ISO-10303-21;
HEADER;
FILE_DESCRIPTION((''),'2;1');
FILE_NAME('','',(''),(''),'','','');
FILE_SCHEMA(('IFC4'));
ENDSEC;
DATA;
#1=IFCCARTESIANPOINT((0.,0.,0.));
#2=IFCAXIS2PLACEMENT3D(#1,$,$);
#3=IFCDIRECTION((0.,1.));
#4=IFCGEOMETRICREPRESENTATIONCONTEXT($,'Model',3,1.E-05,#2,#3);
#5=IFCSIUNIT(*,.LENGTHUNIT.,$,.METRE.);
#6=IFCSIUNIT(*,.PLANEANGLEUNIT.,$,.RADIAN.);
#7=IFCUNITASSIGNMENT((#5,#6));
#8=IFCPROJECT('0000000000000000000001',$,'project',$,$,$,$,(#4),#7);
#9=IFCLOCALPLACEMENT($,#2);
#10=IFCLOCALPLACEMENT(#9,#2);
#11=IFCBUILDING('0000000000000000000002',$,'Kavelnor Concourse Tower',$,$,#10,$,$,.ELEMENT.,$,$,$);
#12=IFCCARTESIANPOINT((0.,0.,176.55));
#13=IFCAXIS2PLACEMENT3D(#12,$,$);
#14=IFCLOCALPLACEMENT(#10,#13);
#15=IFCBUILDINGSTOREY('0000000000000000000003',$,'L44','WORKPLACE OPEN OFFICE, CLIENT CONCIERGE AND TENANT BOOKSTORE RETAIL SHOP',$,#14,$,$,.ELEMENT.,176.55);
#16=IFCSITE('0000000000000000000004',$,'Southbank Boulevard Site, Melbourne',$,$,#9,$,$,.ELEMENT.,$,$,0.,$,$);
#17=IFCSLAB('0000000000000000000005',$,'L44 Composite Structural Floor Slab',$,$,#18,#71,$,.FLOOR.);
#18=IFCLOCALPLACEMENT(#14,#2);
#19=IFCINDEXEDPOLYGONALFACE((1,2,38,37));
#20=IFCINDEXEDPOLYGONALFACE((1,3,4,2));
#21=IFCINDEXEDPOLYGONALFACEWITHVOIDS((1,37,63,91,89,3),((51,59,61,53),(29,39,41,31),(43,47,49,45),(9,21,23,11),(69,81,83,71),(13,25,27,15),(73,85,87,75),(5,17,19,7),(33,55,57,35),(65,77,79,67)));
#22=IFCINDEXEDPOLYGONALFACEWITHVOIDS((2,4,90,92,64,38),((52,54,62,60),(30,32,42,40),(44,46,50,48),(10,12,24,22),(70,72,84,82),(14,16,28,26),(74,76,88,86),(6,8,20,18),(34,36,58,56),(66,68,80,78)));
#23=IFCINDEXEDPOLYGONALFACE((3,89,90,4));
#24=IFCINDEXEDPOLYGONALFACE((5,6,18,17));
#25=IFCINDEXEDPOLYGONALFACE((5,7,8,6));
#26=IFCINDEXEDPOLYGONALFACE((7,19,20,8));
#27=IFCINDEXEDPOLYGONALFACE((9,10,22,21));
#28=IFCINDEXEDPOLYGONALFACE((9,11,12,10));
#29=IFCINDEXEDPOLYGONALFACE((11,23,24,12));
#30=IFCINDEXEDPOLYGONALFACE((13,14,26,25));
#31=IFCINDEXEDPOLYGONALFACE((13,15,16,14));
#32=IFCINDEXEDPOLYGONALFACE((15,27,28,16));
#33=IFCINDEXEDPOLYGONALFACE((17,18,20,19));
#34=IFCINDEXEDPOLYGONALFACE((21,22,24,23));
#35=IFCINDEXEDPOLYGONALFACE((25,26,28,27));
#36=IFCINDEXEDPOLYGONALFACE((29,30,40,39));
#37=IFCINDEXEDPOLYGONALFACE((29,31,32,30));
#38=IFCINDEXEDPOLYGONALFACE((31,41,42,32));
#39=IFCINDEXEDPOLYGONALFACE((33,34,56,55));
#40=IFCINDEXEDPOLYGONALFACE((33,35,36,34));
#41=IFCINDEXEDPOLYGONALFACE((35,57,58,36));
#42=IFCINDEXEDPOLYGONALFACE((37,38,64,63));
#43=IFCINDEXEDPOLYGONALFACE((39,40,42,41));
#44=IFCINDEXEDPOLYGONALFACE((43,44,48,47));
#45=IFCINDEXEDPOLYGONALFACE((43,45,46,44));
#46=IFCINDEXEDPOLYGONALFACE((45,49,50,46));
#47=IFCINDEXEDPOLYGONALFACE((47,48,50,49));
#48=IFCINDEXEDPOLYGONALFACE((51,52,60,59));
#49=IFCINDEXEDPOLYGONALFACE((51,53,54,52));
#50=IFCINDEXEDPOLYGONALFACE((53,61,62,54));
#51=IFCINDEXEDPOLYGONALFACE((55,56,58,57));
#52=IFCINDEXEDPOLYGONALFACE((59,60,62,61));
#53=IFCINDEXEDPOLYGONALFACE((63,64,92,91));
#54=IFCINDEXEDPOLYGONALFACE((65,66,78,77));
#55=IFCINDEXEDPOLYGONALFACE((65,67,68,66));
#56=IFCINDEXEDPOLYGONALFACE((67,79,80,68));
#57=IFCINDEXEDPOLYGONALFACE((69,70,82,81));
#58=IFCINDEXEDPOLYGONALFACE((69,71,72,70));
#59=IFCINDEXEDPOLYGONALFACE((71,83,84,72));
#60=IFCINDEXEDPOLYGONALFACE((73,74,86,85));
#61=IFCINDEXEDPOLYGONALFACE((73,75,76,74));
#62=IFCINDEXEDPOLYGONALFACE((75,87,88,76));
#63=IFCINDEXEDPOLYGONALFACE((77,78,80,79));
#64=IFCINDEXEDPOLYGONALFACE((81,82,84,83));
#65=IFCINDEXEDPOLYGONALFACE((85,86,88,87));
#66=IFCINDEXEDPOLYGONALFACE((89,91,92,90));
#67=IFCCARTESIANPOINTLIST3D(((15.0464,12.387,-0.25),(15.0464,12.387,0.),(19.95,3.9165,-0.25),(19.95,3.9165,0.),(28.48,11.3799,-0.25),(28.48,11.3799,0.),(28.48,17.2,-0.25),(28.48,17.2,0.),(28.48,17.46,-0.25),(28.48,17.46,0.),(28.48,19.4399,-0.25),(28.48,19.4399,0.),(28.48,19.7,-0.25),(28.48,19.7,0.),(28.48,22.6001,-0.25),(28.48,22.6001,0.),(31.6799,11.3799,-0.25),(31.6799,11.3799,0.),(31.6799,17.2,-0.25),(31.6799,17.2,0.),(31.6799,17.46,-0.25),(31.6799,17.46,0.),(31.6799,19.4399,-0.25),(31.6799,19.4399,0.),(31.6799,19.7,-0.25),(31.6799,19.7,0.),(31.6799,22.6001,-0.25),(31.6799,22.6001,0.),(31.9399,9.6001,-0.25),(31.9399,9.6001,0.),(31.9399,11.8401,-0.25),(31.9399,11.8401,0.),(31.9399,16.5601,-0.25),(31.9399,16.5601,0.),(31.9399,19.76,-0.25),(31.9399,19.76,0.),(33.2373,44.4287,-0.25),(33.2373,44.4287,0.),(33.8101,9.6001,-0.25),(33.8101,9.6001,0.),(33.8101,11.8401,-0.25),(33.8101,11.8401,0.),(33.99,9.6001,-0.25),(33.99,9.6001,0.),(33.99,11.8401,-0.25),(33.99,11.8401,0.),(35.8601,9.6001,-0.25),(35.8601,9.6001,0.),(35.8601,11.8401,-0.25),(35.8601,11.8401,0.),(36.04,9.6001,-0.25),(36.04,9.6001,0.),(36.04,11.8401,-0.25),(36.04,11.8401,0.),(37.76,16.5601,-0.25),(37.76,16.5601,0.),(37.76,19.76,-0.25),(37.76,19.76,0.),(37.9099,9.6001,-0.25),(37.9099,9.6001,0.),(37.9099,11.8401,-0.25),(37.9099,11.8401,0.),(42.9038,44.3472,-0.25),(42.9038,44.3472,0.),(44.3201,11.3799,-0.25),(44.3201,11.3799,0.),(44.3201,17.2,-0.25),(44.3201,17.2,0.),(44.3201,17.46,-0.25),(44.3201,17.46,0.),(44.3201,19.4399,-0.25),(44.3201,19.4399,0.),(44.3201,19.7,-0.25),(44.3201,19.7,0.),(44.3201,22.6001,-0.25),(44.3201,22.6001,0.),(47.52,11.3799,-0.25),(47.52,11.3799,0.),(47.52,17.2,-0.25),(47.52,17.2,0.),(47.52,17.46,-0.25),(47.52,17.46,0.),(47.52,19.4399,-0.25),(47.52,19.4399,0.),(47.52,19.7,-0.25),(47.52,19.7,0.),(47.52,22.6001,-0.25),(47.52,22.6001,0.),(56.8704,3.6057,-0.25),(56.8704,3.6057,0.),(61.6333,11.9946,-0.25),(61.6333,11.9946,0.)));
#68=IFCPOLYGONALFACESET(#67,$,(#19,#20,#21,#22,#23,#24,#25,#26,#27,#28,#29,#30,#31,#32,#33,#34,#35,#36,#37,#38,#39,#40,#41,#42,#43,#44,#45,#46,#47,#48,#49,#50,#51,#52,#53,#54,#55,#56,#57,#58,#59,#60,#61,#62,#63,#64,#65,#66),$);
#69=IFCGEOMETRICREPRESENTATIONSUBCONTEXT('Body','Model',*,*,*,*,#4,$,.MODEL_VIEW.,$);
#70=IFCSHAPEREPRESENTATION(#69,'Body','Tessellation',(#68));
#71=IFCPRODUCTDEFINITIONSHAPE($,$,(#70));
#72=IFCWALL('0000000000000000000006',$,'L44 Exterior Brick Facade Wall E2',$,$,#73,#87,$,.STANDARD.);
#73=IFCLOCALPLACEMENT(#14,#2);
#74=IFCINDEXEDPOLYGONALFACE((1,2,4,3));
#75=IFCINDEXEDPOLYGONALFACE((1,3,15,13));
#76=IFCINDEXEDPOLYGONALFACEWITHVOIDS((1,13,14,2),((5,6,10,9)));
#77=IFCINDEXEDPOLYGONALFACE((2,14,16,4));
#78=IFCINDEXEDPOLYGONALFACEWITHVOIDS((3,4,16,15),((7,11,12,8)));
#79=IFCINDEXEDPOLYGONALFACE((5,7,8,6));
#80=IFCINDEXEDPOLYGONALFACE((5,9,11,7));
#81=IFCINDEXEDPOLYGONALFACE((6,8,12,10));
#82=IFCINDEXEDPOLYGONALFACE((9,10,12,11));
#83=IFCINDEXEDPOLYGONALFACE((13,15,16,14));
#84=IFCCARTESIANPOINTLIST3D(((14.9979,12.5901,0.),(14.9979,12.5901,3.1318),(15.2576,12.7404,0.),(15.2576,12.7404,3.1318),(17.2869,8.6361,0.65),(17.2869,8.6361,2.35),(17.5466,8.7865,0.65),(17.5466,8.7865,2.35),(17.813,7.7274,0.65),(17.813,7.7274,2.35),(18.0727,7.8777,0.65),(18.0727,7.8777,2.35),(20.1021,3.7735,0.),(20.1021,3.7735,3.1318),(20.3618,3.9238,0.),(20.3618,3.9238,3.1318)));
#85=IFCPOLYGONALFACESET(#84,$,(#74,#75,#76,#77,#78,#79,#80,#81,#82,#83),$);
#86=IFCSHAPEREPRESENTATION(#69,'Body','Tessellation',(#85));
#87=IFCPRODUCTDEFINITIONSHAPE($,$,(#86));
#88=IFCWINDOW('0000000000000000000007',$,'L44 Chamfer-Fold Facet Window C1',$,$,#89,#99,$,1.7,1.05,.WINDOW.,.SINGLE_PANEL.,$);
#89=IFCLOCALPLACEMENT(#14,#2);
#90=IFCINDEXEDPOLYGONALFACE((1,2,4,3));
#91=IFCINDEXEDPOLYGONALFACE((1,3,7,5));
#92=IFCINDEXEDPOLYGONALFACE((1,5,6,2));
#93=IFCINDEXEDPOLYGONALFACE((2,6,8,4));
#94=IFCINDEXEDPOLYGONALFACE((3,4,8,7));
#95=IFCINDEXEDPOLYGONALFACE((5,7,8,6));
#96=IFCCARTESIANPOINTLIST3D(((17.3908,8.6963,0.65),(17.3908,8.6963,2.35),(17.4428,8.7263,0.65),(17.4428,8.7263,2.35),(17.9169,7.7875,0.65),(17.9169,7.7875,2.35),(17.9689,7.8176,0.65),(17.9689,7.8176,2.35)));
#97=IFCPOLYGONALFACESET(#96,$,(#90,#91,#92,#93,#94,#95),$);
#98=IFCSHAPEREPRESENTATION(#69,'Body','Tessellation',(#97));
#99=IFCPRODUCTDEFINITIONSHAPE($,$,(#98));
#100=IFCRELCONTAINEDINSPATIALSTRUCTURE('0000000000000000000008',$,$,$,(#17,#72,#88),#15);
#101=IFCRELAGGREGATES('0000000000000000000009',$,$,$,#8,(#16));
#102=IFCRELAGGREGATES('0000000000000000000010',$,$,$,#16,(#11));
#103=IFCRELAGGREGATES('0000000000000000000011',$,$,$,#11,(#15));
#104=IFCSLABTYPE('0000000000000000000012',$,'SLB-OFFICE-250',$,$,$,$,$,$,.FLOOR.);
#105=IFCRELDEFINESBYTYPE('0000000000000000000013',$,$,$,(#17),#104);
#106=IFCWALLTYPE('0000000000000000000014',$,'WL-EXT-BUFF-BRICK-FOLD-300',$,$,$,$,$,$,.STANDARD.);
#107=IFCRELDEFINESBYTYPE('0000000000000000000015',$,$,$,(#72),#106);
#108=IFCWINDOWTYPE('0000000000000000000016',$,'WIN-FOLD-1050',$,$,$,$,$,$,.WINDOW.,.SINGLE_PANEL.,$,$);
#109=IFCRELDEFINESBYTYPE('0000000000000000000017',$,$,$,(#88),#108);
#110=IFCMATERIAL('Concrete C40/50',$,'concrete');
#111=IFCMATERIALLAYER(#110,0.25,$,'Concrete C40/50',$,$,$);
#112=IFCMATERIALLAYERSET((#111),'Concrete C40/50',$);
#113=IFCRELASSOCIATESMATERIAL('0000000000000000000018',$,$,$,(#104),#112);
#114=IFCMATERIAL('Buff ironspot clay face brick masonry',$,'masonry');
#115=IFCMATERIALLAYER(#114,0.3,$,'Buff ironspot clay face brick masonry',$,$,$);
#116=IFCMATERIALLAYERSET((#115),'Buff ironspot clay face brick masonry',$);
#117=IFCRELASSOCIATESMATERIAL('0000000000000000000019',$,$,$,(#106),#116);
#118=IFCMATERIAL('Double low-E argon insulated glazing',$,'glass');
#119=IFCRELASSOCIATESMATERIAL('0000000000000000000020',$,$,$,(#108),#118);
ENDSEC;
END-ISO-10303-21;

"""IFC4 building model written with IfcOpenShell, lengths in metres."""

from ifc_helpers import new_model, si_unit, direction, frame, frame_2d, origin, place, context, subcontext, project, spatial, polyline, rectangle, outline, extrude, material, layer, layer_set, type_object, element, fill, save


model = new_model("IFC4")

# Units and contexts
model_context = context("Model", 3, precision=1e-05, world=origin(), true_north=direction((0.0, 1.0)))
body_context = subcontext(model_context, "Body", "Model", "MODEL_VIEW")
ifc_project = project(units=[si_unit("LENGTHUNIT", "METRE"), si_unit("PLANEANGLEUNIT", "RADIAN")], contexts=[model_context])

# Site, building, storey
site_placement = place(None, origin())
site = spatial("IfcSite", under=ifc_project, at=site_placement, Name="Southbank Boulevard Site, Melbourne", CompositionType="ELEMENT", RefElevation=0.0)
building_placement = place(site_placement, origin())
building = spatial("IfcBuilding", under=site, at=building_placement, Name="Kavelnor Concourse Tower", CompositionType="ELEMENT")
storey_placement = place(building_placement, frame((0.0, 0.0, 176.55)))
storey = spatial("IfcBuildingStorey", under=building, at=storey_placement, Name="L44", Description="WORKPLACE OPEN OFFICE, CLIENT CONCIERGE AND TENANT BOOKSTORE RETAIL SHOP", CompositionType="ELEMENT", Elevation=176.55)

# Shared definitions
ifc_material_1 = material(Name="Concrete C40/50", Category="concrete")

# Slab
ifc_layer_1 = layer(ifc_material_1, 0.25, Name="Concrete C40/50")
ifc_layer_set_1 = layer_set([ifc_layer_1], Name="Concrete C40/50")
slab_type_1 = type_object("IfcSlabType", Name="SLB-OFFICE-250", PredefinedType="FLOOR", material=ifc_layer_set_1)
slab_1_placement = place(storey_placement, frame((0.0, 0.0, -0.25)))
element("IfcSlab", 1, at=slab_1_placement, inside=storey, type_object=slab_type_1, Name="L44 Composite Structural Floor Slab", PredefinedType="FLOOR", context=body_context, shape_type="SweptSolid", body=[
    extrude(outline(polyline([(42.9038, 44.3472), (33.2373, 44.4287), (15.0464, 12.387), (19.95, 3.9165), (56.8704, 3.6057), (61.6333, 11.9946), (42.9038, 44.3472)]), holes=[polyline([(28.48, 11.3799), (31.6799, 11.3799), (31.6799, 17.2), (28.48, 17.2), (28.48, 11.3799)]), polyline([(44.3201, 11.3799), (47.52, 11.3799), (47.52, 17.2), (44.3201, 17.2), (44.3201, 11.3799)]), polyline([(31.9399, 16.5601), (37.76, 16.5601), (37.76, 19.76), (31.9399, 19.76), (31.9399, 16.5601)]), polyline([(28.48, 19.7), (31.6799, 19.7), (31.6799, 22.6001), (28.48, 22.6001), (28.48, 19.7)]), polyline([(44.3201, 19.7), (47.52, 19.7), (47.52, 22.6001), (44.3201, 22.6001), (44.3201, 19.7)]), polyline([(31.9399, 9.6001), (33.8101, 9.6001), (33.8101, 11.8401), (31.9399, 11.8401), (31.9399, 9.6001)]), polyline([(33.99, 9.6001), (35.8601, 9.6001), (35.8601, 11.8401), (33.99, 11.8401), (33.99, 9.6001)]), polyline([(36.04, 9.6001), (37.9099, 9.6001), (37.9099, 11.8401), (36.04, 11.8401), (36.04, 9.6001)]), polyline([(28.48, 17.46), (31.6799, 17.46), (31.6799, 19.4399), (28.48, 19.4399), (28.48, 17.46)]), polyline([(44.3201, 17.46), (47.52, 17.46), (47.52, 19.4399), (44.3201, 19.4399), (44.3201, 17.46)])]), origin(), (0.0, 0.0, 1.0), 0.25),
])

# Wall, opening, window
ifc_material_2 = material(Name="Buff ironspot clay face brick masonry", Category="masonry")
ifc_layer_2 = layer(ifc_material_2, 0.3, Name="Buff ironspot clay face brick masonry")
ifc_layer_set_2 = layer_set([ifc_layer_2], Name="Buff ironspot clay face brick masonry")
wall_type_1 = type_object("IfcWallType", Name="WL-EXT-BUFF-BRICK-FOLD-300", PredefinedType="STANDARD", material=ifc_layer_set_2)
wall_1_placement = place(storey_placement, frame((20.2319, 3.8486, 0.0), z_axis=(0.0, 0.0, 1.0), x_axis=(-0.501027, 0.865432, 0.0)))
wall_1 = element("IfcWall", 2, at=wall_1_placement, inside=storey, type_object=wall_type_1, Name="L44 Exterior Brick Facade Wall E2", PredefinedType="STANDARD", context=body_context, shape_type="SweptSolid", body=[
    extrude(rectangle(XDim=10.1875, YDim=0.3, at=frame_2d((5.0938, 0.0))), origin(), (0.0, 0.0, 1.0), 3.1318),
])
opening_1_placement = place(wall_1_placement, frame((4.5688, 0.0, 0.6499)))
opening_1 = element("IfcOpeningElement", 3, at=opening_1_placement, cuts=wall_1, PredefinedType="OPENING", context=body_context, shape_type="SweptSolid", body=[
    extrude(rectangle(XDim=1.05, YDim=1.7, at=frame_2d((0.5249, 0.8501))), frame((0.0, 0.1602, 0.0), z_axis=(0.0, -1.0, 0.0), x_axis=(1.0, 0.0, 0.0)), (0.0, 0.0, 1.0), 0.3201),
])
ifc_material_3 = material(Name="Double low-E argon insulated glazing", Category="glass")
window_type_1 = type_object("IfcWindowType", Name="WIN-FOLD-1050", PartitioningType="SINGLE_PANEL", PredefinedType="WINDOW", material=ifc_material_3)
window_1_placement = place(opening_1_placement, origin())
window_1 = element("IfcWindow", 4, at=window_1_placement, inside=storey, type_object=window_type_1, Name="L44 Chamfer-Fold Facet Window C1", OverallHeight=1.7, OverallWidth=1.05, PartitioningType="SINGLE_PANEL", PredefinedType="WINDOW", context=body_context, shape_type="SweptSolid", body=[
    extrude(rectangle(XDim=1.05, YDim=1.7, at=frame_2d((0.5249, 0.8501))), frame((0.0, 0.03, 0.0), z_axis=(0.0, -1.0, 0.0), x_axis=(1.0, 0.0, 0.0)), (0.0, 0.0, 1.0), 0.0601),
])
fill(opening_1, window_1)

save(model, "model.ifc")
